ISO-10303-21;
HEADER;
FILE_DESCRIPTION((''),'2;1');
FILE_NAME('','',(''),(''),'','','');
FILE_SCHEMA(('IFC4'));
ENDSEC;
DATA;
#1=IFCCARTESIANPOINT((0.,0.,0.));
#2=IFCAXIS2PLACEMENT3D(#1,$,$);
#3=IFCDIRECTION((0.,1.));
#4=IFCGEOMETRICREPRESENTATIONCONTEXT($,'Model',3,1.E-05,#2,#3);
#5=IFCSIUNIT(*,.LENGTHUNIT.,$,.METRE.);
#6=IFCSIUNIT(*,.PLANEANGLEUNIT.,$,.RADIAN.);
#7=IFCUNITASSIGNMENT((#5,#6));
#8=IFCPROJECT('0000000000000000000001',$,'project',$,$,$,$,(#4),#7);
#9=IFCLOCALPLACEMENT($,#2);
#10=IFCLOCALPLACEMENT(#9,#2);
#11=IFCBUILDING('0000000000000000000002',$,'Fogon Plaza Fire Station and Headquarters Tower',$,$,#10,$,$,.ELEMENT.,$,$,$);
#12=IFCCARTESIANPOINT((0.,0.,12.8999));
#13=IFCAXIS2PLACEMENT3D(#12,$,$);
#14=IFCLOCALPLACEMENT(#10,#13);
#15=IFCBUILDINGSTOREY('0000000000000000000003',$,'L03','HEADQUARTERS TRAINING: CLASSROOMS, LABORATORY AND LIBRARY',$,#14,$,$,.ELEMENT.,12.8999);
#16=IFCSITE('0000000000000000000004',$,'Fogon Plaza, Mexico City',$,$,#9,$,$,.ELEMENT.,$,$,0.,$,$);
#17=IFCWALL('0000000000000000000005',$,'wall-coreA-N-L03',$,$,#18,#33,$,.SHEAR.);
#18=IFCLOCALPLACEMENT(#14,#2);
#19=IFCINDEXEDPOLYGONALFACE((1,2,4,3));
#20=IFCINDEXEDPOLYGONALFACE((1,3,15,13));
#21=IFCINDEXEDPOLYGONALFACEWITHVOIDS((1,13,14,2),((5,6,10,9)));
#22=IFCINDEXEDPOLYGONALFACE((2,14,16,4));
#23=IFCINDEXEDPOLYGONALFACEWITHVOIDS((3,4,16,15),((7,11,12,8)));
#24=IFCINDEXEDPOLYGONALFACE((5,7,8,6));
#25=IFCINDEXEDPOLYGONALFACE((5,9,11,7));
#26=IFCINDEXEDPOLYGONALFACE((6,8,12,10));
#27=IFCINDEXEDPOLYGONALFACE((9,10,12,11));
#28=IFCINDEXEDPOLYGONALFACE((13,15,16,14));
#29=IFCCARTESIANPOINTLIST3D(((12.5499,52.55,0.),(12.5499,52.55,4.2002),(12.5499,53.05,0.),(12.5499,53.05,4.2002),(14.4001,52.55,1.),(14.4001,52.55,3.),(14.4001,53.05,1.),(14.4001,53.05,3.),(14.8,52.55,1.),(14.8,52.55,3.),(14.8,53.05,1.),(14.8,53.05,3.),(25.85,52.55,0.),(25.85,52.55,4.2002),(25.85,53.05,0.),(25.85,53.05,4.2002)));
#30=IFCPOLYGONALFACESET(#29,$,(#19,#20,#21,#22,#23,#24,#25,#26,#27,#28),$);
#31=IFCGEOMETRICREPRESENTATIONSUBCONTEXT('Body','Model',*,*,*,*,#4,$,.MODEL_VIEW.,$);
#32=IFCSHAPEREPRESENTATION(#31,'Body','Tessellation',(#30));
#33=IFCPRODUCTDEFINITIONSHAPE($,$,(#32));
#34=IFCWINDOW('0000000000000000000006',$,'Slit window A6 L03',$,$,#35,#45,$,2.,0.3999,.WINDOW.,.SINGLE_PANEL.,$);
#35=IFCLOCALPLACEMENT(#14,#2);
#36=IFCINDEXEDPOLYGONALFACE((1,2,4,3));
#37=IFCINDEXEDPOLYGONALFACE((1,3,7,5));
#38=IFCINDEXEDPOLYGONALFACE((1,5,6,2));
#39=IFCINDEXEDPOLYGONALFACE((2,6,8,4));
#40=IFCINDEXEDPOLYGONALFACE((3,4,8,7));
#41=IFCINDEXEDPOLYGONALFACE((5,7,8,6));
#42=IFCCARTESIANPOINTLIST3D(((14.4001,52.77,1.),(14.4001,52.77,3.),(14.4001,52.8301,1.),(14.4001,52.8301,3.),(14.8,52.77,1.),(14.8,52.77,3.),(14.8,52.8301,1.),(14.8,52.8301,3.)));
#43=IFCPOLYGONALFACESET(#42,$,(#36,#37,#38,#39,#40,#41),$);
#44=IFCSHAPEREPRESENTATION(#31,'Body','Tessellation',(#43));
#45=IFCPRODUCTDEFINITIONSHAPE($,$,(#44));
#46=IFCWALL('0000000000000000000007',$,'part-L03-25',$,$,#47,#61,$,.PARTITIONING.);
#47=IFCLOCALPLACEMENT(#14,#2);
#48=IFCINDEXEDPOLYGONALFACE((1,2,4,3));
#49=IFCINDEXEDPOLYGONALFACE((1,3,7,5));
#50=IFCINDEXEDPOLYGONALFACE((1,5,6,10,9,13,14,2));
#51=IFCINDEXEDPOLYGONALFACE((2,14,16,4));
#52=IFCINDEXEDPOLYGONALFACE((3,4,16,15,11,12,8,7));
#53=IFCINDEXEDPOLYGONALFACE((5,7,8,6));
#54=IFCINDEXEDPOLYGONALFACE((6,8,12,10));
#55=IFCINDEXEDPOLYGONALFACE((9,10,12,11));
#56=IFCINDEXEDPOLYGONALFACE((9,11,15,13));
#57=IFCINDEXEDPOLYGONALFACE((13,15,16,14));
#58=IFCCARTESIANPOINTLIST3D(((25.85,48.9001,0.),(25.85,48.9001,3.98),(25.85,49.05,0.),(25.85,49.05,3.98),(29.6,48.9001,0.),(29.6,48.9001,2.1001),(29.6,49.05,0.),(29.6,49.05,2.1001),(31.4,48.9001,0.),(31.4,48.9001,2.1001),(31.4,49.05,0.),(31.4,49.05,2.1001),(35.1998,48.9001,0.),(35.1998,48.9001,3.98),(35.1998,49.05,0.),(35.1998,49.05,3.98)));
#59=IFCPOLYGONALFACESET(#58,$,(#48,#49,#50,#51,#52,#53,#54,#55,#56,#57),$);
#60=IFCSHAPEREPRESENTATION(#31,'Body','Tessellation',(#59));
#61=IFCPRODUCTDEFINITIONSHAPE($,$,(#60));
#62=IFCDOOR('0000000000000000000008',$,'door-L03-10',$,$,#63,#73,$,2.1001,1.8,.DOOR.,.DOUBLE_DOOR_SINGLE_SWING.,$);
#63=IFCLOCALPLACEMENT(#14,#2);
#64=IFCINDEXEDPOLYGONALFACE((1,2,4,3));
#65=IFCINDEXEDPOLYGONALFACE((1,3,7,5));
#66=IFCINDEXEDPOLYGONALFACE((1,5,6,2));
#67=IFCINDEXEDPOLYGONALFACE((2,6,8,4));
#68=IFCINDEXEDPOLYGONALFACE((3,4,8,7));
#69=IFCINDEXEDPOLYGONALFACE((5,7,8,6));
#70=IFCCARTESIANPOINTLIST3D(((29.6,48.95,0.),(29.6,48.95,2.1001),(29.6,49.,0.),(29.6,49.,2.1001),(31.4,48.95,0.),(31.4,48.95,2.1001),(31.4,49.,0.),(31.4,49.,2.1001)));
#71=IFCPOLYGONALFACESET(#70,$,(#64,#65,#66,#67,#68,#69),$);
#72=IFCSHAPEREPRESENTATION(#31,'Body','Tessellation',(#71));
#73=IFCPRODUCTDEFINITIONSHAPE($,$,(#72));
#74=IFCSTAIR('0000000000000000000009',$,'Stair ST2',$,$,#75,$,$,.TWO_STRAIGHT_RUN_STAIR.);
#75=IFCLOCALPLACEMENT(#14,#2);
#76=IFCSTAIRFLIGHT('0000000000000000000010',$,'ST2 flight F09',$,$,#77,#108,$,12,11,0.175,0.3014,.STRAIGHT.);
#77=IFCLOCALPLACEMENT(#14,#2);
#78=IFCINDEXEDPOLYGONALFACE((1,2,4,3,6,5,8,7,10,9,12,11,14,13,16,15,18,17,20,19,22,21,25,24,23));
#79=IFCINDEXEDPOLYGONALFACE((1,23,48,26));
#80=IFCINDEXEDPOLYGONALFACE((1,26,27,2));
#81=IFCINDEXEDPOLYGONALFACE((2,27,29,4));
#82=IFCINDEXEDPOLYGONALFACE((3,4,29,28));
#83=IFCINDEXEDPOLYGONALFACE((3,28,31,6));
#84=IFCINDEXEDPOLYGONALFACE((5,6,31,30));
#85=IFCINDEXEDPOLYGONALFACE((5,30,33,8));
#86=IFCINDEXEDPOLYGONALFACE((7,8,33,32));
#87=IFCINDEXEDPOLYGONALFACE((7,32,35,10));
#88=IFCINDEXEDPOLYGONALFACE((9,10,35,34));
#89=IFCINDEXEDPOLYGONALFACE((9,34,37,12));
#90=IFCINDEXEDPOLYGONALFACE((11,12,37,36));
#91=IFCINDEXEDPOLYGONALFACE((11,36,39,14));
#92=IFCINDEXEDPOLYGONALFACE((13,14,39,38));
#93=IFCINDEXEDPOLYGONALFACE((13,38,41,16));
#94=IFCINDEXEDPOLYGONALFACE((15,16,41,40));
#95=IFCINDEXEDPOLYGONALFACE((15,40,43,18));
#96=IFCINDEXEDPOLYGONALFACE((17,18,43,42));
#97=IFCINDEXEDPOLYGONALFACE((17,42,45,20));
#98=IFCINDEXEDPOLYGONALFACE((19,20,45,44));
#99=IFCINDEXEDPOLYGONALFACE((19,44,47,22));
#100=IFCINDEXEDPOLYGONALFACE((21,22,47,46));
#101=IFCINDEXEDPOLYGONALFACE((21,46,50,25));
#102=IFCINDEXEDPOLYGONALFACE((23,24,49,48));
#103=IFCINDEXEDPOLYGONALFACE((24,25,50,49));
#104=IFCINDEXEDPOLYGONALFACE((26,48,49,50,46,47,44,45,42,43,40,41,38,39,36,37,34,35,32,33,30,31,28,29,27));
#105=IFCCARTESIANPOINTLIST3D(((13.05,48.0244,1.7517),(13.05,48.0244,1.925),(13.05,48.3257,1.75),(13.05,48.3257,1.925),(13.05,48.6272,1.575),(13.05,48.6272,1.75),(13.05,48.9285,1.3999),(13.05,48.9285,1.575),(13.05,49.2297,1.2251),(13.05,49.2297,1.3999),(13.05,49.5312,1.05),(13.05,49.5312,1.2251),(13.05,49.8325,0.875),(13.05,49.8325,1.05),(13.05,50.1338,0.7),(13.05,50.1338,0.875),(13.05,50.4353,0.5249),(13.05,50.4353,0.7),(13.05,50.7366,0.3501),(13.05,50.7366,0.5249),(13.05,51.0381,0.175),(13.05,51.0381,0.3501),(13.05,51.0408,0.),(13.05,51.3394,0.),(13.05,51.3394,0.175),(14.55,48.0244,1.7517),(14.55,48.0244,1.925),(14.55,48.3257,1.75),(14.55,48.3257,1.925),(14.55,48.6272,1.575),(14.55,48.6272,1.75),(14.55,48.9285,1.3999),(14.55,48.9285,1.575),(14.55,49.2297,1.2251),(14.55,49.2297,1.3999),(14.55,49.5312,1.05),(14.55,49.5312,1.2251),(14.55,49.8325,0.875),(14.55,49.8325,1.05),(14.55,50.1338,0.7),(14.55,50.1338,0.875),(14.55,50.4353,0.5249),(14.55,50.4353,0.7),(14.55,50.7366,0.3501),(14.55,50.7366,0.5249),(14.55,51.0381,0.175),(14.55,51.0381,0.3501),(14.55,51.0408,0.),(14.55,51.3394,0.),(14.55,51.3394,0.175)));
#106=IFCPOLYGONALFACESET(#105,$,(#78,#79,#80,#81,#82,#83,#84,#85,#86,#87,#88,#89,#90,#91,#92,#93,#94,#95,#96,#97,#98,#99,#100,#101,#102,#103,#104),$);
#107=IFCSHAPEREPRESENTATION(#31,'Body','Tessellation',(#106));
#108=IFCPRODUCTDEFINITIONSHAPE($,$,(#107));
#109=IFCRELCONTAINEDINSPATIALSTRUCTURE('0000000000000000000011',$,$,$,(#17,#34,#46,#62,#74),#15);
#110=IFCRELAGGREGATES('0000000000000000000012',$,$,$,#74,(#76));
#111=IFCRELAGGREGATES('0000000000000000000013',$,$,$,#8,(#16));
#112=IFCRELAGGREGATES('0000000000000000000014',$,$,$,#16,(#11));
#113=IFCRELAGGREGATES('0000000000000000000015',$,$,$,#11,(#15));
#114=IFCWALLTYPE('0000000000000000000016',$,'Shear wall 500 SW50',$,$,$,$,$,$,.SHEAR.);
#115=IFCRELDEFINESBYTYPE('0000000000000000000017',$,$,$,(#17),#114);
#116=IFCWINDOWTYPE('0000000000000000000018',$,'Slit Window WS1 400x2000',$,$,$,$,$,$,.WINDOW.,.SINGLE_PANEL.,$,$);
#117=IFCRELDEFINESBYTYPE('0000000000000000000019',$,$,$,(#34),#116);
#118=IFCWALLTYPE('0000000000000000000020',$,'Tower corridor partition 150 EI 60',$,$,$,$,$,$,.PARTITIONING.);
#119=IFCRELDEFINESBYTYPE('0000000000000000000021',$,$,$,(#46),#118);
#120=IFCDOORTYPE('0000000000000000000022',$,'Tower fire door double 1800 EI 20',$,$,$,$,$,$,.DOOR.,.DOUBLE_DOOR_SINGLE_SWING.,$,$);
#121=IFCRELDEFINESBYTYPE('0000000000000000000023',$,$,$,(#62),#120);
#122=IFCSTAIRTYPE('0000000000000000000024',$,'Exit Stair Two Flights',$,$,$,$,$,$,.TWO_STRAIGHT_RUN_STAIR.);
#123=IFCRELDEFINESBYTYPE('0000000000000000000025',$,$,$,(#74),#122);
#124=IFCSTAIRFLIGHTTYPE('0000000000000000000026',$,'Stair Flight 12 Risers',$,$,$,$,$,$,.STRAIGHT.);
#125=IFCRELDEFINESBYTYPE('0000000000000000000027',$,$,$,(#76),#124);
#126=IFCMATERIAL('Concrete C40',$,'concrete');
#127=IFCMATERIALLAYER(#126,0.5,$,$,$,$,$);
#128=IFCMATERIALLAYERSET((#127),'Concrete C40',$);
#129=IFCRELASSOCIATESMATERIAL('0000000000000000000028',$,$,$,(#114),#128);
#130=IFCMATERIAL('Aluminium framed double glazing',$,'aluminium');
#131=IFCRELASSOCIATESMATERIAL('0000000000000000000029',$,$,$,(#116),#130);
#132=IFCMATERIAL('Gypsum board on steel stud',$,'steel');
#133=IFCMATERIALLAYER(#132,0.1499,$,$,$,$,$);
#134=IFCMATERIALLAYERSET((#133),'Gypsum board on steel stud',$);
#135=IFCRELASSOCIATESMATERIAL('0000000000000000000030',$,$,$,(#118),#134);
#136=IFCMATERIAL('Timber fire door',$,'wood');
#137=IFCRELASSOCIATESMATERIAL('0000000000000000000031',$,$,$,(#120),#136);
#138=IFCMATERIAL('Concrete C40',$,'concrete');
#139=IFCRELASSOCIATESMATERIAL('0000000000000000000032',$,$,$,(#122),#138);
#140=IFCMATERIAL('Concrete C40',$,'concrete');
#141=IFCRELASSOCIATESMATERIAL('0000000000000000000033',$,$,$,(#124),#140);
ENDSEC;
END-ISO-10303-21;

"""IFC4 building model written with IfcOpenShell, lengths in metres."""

from ifc_helpers import new_model, si_unit, direction, frame, frame_2d, origin, place, context, subcontext, project, spatial, polyline, rectangle, outline, extrude, material, layer, layer_set, type_object, element, fill, aggregate, save


model = new_model("IFC4")

# Units and contexts
model_context = context("Model", 3, precision=1e-05, world=origin(), true_north=direction((0.0, 1.0)))
body_context = subcontext(model_context, "Body", "Model", "MODEL_VIEW")
ifc_project = project(units=[si_unit("LENGTHUNIT", "METRE"), si_unit("PLANEANGLEUNIT", "RADIAN")], contexts=[model_context])

# Site, building, storey
site_placement = place(None, origin())
site = spatial("IfcSite", under=ifc_project, at=site_placement, Name="Fogon Plaza, Mexico City", CompositionType="ELEMENT", RefElevation=0.0)
building_placement = place(site_placement, origin())
building = spatial("IfcBuilding", under=site, at=building_placement, Name="Fogon Plaza Fire Station and Headquarters Tower", CompositionType="ELEMENT")
storey_placement = place(building_placement, frame((0.0, 0.0, 12.8999)))
storey = spatial("IfcBuildingStorey", under=building, at=storey_placement, Name="L03", Description="HEADQUARTERS TRAINING: CLASSROOMS, LABORATORY AND LIBRARY", CompositionType="ELEMENT", Elevation=12.8999)

# Wall, opening, window
ifc_material_1 = material(Name="Concrete C40", Category="concrete")
ifc_layer_1 = layer(ifc_material_1, 0.5)
ifc_layer_set_1 = layer_set([ifc_layer_1], Name="Concrete C40")
wall_type_1 = type_object("IfcWallType", Name="Shear wall 500 SW50", PredefinedType="SHEAR", material=ifc_layer_set_1)
wall_1_placement = place(storey_placement, frame((12.55, 52.8, 0.0), z_axis=(0.0, 0.0, 1.0), x_axis=(1.0, 0.0, 0.0)))
wall_1 = element("IfcWall", 1, at=wall_1_placement, inside=storey, type_object=wall_type_1, Name="wall-coreA-N-L03", PredefinedType="SHEAR", context=body_context, shape_type="SweptSolid", body=[
    extrude(rectangle(XDim=13.3, YDim=0.5, at=frame_2d((6.6499, 0.0))), origin(), (0.0, 0.0, 1.0), 4.2002),
])
opening_1_placement = place(wall_1_placement, frame((1.8501, 0.0, 1.0)))
opening_1 = element("IfcOpeningElement", 2, at=opening_1_placement, cuts=wall_1, PredefinedType="OPENING", context=body_context, shape_type="SweptSolid", body=[
    extrude(rectangle(XDim=0.3999, YDim=2.0, at=frame_2d((0.2, 1.0))), frame((0.0, 0.26, 0.0), z_axis=(0.0, -1.0, 0.0), x_axis=(1.0, 0.0, 0.0)), (0.0, 0.0, 1.0), 0.52),
])
ifc_material_2 = material(Name="Aluminium framed double glazing", Category="aluminium")
window_type = type_object("IfcWindowType", Name="Slit Window WS1 400x2000", PartitioningType="SINGLE_PANEL", PredefinedType="WINDOW", material=ifc_material_2)
window_placement = place(opening_1_placement, origin())
window = element("IfcWindow", 3, at=window_placement, inside=storey, type_object=window_type, Name="Slit window A6 L03", OverallHeight=2.0, OverallWidth=0.3999, PartitioningType="SINGLE_PANEL", PredefinedType="WINDOW", context=body_context, shape_type="SweptSolid", body=[
    extrude(rectangle(XDim=0.3999, YDim=2.0, at=frame_2d((0.2, 1.0))), frame((0.0, 0.03, 0.0), z_axis=(0.0, -1.0, 0.0), x_axis=(1.0, 0.0, 0.0)), (0.0, 0.0, 1.0), 0.0601),
])
fill(opening_1, window)

# Wall, opening, door
ifc_material_3 = material(Name="Gypsum board on steel stud", Category="steel")
ifc_layer_2 = layer(ifc_material_3, 0.1499)
ifc_layer_set_2 = layer_set([ifc_layer_2], Name="Gypsum board on steel stud")
wall_type_2 = type_object("IfcWallType", Name="Tower corridor partition 150 EI 60", PredefinedType="PARTITIONING", material=ifc_layer_set_2)
wall_2_placement = place(storey_placement, frame((25.8501, 48.9751, 0.0), z_axis=(0.0, 0.0, 1.0), x_axis=(1.0, 0.0, 0.0)))
wall_2 = element("IfcWall", 4, at=wall_2_placement, inside=storey, type_object=wall_type_2, Name="part-L03-25", PredefinedType="PARTITIONING", context=body_context, shape_type="SweptSolid", body=[
    extrude(rectangle(XDim=9.3499, YDim=0.1499, at=frame_2d((4.6748, 0.0))), origin(), (0.0, 0.0, 1.0), 3.98),
])
opening_2_placement = place(wall_2_placement, frame((3.75, 0.0, 0.0)))
opening_2 = element("IfcOpeningElement", 5, at=opening_2_placement, cuts=wall_2, PredefinedType="OPENING", context=body_context, shape_type="SweptSolid", body=[
    extrude(rectangle(XDim=1.8, YDim=2.1001, at=frame_2d((0.8999, 1.05))), frame((0.0, 0.085, 0.0), z_axis=(0.0, -1.0, 0.0), x_axis=(1.0, 0.0, 0.0)), (0.0, 0.0, 1.0), 0.1699),
])
ifc_material_4 = material(Name="Timber fire door", Category="wood")
door_type = type_object("IfcDoorType", Name="Tower fire door double 1800 EI 20", OperationType="DOUBLE_DOOR_SINGLE_SWING", PredefinedType="DOOR", material=ifc_material_4)
door_placement = place(opening_2_placement, origin())
door = element("IfcDoor", 6, at=door_placement, inside=storey, type_object=door_type, Name="door-L03-10", OperationType="DOUBLE_DOOR_SINGLE_SWING", OverallHeight=2.1001, OverallWidth=1.8, PredefinedType="DOOR", context=body_context, shape_type="SweptSolid", body=[
    extrude(rectangle(XDim=1.8, YDim=2.1001, at=frame_2d((0.8999, 1.05))), frame((0.0, 0.0249, 0.0), z_axis=(0.0, -1.0, 0.0), x_axis=(1.0, 0.0, 0.0)), (0.0, 0.0, 1.0), 0.05),
])
fill(opening_2, door)

# Stair, stair flight
ifc_material_5 = material(Name="Concrete C40", Category="concrete")
stair_type = type_object("IfcStairType", Name="Exit Stair Two Flights", PredefinedType="TWO_STRAIGHT_RUN_STAIR", material=ifc_material_5)
stair_placement = place(storey_placement, origin())
stair = element("IfcStair", 7, at=stair_placement, inside=storey, type_object=stair_type, Name="Stair ST2", PredefinedType="TWO_STRAIGHT_RUN_STAIR")
ifc_material_6 = material(Name="Concrete C40", Category="concrete")
stair_flight_type = type_object("IfcStairFlightType", Name="Stair Flight 12 Risers", PredefinedType="STRAIGHT", material=ifc_material_6)
stair_flight_placement = place(storey_placement, frame((13.8, 51.3394, 0.0), z_axis=(0.0, 0.0, 1.0), x_axis=(0.0, -1.0, 0.0)))
stair_flight = element("IfcStairFlight", 8, at=stair_flight_placement, type_object=stair_flight_type, Name="ST2 flight F09", NumberOfRisers=12, NumberOfTreads=11, PredefinedType="STRAIGHT", RiserHeight=0.175, TreadLength=0.3014, context=body_context, shape_type="SweptSolid", body=[
    extrude(outline(polyline([(0.0, 0.0), (0.0, 0.175), (0.3013, 0.175), (0.3013, 0.3501), (0.6028, 0.3501), (0.6028, 0.5249), (0.9041, 0.5249), (0.9041, 0.7), (1.2056, 0.7), (1.2056, 0.875), (1.5068, 0.875), (1.5068, 1.05), (1.8081, 1.05), (1.8081, 1.2251), (2.1096, 1.2251), (2.1096, 1.3999), (2.4109, 1.3999), (2.4109, 1.575), (2.7122, 1.575), (2.7122, 1.75), (3.0137, 1.75), (3.0137, 1.925), (3.3149, 1.925), (3.3149, 2.1001), (3.3149, 1.7517), (0.2986, 0.0), (0.0, 0.0)])), frame((0.0, 0.75, 0.0), z_axis=(0.0, -1.0, 0.0), x_axis=(1.0, 0.0, 0.0)), (0.0, 0.0, 1.0), 1.5),
])
aggregate(stair, [stair_flight])

save(model, "model.ifc")
